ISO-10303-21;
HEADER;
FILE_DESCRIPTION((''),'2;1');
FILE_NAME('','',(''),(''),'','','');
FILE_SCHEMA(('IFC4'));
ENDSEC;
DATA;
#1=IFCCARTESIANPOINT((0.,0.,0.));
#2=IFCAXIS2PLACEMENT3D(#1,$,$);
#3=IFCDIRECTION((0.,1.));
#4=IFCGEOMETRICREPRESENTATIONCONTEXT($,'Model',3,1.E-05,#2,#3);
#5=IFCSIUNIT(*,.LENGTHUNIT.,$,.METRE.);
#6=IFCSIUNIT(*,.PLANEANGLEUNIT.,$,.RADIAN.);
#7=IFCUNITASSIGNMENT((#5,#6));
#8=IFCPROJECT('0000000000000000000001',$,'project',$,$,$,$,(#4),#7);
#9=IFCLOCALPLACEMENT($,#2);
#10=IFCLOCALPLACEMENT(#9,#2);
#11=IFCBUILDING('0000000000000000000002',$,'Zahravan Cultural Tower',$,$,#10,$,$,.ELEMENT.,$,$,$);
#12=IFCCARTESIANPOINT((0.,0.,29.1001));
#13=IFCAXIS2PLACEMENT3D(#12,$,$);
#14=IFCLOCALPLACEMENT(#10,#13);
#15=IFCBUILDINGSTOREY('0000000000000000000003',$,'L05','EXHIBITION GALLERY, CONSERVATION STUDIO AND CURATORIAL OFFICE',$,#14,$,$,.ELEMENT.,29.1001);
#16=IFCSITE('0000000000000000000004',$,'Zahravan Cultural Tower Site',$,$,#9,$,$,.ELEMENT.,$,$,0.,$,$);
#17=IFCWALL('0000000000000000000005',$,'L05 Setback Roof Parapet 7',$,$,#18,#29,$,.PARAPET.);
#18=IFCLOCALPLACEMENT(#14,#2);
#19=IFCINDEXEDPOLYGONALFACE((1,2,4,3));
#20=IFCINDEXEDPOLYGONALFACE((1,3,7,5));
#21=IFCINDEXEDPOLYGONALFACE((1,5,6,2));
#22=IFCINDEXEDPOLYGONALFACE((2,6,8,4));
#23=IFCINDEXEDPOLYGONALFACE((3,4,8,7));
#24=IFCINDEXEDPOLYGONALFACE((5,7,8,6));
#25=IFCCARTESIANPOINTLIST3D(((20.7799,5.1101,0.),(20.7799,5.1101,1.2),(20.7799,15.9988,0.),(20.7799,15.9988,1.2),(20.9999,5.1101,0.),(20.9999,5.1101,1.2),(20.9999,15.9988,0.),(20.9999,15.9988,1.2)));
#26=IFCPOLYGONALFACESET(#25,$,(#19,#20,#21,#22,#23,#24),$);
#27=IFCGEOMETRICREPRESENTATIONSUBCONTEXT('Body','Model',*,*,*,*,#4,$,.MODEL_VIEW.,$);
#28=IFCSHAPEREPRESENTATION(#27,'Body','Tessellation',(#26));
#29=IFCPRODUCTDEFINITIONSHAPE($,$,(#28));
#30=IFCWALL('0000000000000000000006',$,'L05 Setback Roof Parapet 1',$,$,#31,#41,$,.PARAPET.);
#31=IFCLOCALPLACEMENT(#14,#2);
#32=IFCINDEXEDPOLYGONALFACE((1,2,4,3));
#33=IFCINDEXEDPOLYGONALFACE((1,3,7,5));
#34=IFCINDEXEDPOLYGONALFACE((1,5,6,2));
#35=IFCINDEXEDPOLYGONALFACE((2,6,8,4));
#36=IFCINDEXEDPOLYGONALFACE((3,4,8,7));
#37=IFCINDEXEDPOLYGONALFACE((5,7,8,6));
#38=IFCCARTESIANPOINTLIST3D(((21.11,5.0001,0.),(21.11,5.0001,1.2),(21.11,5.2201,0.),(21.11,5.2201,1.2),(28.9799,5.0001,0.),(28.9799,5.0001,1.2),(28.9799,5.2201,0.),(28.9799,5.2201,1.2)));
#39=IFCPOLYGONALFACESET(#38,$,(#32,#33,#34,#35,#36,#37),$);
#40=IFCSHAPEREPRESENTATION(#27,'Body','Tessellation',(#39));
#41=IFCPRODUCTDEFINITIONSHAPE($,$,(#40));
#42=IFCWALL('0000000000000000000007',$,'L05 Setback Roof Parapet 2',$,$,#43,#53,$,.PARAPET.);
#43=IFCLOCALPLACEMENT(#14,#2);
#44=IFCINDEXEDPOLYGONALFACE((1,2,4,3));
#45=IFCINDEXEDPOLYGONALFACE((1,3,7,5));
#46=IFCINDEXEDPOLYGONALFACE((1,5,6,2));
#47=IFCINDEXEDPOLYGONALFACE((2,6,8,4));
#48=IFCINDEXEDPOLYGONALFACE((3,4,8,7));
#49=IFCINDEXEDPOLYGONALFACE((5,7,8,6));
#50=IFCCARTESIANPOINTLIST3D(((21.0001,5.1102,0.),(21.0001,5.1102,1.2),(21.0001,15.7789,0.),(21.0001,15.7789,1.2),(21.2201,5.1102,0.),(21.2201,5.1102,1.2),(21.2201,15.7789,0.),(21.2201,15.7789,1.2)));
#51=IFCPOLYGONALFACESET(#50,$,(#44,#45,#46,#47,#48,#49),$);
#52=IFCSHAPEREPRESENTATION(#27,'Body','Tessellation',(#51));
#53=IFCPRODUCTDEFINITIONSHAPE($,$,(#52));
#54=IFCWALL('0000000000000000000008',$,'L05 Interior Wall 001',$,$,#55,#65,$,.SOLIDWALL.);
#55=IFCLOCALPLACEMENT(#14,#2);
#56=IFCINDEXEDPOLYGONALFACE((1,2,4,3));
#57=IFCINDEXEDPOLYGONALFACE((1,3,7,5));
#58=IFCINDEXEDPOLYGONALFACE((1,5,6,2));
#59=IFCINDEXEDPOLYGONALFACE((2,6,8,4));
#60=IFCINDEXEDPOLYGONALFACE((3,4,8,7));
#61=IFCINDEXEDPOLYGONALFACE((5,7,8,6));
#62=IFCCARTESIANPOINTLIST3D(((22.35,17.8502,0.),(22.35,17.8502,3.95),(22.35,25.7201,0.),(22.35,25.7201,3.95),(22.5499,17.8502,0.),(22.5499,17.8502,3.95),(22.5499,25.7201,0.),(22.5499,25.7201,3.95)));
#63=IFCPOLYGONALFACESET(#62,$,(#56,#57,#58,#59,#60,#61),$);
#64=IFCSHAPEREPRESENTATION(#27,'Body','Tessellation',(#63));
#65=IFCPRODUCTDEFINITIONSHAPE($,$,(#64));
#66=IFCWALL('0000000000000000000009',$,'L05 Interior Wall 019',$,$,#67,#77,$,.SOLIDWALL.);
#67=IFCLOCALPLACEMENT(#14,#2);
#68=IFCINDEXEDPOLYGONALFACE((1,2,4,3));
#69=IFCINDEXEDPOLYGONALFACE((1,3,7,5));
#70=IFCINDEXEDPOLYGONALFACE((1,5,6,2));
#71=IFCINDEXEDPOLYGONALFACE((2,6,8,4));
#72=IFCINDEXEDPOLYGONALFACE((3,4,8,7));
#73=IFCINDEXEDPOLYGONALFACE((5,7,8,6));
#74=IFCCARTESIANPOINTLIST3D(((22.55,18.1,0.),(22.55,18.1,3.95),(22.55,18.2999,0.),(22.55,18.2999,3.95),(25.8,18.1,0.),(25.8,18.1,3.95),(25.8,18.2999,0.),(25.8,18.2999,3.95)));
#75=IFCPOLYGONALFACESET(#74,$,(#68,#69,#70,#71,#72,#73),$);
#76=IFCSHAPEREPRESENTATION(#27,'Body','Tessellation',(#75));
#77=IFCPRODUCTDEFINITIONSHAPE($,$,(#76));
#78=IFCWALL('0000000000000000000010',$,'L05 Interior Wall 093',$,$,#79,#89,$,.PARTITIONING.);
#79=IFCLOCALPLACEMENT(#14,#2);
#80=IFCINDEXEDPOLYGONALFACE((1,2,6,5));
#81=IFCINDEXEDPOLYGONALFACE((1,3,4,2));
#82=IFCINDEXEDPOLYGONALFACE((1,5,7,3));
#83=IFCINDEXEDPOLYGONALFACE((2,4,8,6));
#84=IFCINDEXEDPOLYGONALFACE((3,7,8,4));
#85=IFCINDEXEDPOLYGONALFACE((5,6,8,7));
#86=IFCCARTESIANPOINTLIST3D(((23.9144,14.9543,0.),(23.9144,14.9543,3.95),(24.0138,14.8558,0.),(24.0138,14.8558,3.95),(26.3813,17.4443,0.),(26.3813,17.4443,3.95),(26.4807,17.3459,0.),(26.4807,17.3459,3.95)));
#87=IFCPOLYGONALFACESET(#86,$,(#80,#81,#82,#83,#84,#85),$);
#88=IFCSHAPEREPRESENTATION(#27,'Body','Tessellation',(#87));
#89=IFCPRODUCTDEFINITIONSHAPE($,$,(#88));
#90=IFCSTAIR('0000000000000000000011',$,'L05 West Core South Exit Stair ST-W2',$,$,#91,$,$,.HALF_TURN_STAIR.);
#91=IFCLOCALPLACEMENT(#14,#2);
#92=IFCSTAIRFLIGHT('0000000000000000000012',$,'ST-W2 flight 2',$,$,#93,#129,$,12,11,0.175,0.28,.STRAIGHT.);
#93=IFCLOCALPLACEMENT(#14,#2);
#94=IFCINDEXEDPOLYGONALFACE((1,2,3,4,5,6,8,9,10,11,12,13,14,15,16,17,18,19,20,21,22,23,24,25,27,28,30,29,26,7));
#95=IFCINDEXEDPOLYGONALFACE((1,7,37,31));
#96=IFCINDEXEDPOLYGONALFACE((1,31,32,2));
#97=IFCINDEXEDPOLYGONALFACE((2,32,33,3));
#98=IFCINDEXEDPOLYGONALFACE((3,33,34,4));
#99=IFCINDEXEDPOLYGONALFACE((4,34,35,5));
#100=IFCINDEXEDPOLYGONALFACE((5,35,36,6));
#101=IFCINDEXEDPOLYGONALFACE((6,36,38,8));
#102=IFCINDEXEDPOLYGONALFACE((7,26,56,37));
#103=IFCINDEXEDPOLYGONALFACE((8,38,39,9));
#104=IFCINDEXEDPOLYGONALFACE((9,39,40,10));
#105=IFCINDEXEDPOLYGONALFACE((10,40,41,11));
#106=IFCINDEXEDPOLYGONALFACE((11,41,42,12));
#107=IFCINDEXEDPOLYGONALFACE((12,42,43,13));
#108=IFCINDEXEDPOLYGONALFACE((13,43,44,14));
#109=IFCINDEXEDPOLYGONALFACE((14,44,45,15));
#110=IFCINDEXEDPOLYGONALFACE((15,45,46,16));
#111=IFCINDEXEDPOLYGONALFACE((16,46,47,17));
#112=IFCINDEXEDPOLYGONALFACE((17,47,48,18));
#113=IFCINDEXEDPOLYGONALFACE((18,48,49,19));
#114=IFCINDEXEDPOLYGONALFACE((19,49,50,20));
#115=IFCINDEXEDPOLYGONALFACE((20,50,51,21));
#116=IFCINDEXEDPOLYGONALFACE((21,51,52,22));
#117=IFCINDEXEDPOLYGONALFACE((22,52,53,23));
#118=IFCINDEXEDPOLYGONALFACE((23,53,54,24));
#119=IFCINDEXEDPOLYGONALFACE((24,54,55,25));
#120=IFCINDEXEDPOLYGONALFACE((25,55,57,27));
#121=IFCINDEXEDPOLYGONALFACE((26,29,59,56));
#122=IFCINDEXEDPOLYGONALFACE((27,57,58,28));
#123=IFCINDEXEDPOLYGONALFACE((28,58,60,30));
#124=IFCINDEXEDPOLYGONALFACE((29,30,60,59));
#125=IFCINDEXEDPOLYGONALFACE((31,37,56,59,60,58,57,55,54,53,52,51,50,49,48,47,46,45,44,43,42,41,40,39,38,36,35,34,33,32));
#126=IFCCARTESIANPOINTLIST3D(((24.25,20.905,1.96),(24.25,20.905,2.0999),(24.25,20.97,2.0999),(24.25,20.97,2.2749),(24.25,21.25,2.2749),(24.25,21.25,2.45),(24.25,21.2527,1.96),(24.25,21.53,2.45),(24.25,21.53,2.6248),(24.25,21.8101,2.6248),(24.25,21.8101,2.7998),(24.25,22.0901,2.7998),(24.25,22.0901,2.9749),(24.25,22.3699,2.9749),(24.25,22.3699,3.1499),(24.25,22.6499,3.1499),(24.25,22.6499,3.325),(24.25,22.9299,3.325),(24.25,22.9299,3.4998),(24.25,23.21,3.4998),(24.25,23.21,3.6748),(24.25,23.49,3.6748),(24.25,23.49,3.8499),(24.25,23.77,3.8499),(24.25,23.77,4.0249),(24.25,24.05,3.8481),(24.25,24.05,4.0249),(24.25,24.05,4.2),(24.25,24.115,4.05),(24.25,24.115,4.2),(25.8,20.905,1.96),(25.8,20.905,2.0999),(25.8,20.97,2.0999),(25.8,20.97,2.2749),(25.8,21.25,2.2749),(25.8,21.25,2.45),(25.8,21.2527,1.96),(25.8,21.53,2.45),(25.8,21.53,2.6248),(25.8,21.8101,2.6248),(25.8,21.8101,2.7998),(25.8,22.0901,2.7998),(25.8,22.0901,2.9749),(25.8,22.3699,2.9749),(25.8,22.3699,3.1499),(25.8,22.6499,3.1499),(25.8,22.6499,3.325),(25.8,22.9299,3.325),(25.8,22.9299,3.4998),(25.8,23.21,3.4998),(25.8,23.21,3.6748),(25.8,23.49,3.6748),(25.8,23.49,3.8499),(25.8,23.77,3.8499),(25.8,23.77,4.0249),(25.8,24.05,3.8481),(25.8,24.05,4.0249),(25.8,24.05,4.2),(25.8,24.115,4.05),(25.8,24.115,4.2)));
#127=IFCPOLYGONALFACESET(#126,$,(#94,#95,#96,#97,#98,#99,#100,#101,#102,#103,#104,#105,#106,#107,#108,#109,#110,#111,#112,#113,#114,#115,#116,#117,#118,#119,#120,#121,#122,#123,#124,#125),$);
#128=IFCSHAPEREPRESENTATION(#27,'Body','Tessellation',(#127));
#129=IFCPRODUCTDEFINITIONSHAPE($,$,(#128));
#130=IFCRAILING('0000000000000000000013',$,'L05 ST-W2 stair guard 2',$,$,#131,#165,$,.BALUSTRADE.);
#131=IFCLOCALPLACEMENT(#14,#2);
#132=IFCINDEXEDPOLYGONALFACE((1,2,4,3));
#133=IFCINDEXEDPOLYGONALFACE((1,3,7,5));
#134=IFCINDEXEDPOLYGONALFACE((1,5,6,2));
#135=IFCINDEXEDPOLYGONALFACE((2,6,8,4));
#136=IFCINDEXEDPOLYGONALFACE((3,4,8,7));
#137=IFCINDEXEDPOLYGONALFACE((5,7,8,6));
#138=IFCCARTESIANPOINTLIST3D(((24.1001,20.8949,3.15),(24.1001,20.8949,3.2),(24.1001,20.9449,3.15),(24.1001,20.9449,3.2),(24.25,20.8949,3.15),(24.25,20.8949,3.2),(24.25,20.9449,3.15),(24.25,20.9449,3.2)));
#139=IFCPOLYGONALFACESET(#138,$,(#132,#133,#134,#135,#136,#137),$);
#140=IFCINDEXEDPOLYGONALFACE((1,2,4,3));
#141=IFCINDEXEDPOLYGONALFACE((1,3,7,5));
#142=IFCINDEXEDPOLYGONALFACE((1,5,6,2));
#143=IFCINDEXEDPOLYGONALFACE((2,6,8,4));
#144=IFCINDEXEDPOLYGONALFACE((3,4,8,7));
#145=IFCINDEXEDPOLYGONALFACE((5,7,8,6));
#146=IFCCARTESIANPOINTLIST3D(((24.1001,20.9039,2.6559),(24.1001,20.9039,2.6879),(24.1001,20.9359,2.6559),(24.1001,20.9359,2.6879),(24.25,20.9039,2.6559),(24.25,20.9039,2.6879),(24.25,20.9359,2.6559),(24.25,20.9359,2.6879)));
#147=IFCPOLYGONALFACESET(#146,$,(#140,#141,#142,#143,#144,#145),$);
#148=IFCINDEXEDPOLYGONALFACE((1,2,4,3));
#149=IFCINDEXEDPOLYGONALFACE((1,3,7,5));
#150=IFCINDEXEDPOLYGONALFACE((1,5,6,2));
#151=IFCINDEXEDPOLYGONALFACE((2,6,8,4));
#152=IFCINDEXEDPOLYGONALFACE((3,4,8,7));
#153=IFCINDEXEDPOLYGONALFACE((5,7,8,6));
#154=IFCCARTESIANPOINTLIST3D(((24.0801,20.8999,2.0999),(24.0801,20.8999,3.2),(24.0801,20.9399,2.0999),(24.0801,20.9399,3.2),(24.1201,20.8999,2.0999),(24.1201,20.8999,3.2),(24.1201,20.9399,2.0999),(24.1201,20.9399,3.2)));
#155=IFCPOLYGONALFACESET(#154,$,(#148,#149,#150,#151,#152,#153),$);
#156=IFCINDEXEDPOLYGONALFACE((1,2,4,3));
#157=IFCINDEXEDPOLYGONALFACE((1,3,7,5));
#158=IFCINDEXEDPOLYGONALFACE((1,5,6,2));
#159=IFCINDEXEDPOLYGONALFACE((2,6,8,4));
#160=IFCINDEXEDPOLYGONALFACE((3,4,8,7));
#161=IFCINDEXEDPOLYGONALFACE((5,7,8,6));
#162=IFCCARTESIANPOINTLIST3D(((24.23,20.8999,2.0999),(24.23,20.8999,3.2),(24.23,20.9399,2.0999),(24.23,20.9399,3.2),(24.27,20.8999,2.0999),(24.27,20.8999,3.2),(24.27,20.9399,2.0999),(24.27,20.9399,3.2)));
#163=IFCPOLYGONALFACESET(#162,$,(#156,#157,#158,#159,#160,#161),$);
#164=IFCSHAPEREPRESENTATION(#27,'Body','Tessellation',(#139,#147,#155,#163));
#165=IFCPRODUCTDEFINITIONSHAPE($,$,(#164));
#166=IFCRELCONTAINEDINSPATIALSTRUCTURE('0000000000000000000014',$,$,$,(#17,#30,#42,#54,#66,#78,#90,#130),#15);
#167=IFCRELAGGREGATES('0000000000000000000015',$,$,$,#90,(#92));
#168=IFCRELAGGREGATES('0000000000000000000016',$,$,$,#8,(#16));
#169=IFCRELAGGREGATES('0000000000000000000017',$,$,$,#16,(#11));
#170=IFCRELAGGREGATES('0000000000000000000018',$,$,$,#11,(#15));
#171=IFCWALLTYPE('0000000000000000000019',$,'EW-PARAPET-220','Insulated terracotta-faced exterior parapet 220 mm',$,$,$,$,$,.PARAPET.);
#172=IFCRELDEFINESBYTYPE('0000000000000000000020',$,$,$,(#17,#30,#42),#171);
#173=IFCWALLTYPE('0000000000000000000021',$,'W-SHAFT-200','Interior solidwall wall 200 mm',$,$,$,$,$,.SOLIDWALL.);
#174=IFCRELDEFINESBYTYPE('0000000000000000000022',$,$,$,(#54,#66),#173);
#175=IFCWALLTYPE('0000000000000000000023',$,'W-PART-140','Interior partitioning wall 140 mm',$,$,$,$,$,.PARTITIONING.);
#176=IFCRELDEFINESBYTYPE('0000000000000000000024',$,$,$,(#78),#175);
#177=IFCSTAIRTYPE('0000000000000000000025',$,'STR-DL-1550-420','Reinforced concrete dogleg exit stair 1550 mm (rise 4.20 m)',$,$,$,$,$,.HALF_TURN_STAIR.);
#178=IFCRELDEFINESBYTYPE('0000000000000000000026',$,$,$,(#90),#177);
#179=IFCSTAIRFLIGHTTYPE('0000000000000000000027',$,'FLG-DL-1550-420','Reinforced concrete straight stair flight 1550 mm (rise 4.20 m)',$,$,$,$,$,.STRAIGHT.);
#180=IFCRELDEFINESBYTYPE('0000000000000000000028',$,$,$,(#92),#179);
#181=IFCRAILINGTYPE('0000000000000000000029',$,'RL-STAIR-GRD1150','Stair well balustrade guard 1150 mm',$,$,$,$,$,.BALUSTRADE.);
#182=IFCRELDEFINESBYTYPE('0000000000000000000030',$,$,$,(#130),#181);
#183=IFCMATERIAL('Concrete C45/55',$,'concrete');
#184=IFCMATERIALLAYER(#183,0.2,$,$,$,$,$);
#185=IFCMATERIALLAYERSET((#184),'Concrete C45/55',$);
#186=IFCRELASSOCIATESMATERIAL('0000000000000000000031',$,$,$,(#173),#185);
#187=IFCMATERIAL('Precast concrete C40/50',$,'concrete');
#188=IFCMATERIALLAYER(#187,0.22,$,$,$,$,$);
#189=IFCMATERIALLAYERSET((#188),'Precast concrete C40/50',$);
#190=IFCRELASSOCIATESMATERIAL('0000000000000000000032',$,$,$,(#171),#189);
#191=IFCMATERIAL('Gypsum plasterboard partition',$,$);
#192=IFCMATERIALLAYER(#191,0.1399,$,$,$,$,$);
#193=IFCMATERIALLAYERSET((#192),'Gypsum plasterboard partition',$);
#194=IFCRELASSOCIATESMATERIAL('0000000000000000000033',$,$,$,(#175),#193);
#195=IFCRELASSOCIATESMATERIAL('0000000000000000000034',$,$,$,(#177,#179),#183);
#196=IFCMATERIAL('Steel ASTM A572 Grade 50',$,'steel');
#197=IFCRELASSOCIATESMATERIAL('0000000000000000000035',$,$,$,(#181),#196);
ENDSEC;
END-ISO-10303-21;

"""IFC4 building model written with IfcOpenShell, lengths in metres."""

from ifc_helpers import new_model, si_unit, direction, frame, frame_2d, origin, origin_2d, place, context, subcontext, project, spatial, polyline, rectangle, outline, extrude, source, transform, mapped, material, layer, layer_set, type_object, element, aggregate, save


model = new_model("IFC4")

# Units and contexts
model_context = context("Model", 3, precision=1e-05, world=origin(), true_north=direction((0.0, 1.0)))
body_context = subcontext(model_context, "Body", "Model", "MODEL_VIEW")
ifc_project = project(units=[si_unit("LENGTHUNIT", "METRE"), si_unit("PLANEANGLEUNIT", "RADIAN")], contexts=[model_context])

# Site, building, storey
site_placement = place(None, origin())
site = spatial("IfcSite", under=ifc_project, at=site_placement, Name="Zahravan Cultural Tower Site", CompositionType="ELEMENT", RefElevation=0.0)
building_placement = place(site_placement, origin())
building = spatial("IfcBuilding", under=site, at=building_placement, Name="Zahravan Cultural Tower", CompositionType="ELEMENT")
storey_placement = place(building_placement, frame((0.0, 0.0, 29.1001)))
storey = spatial("IfcBuildingStorey", under=building, at=storey_placement, Name="L05", Description="EXHIBITION GALLERY, CONSERVATION STUDIO AND CURATORIAL OFFICE", CompositionType="ELEMENT", Elevation=29.1001)

# Shared definitions
ifc_material_1 = material(Name="Steel ASTM A572 Grade 50", Category="steel")

# Shared definitions
ifc_material_2 = material(Name="Precast concrete C40/50", Category="concrete")

# Shared definitions
ifc_material_3 = material(Name="Concrete C45/55", Category="concrete")
ifc_layer_1 = layer(ifc_material_3, 0.2)
ifc_layer_set_1 = layer_set([ifc_layer_1], Name="Concrete C45/55")
wall_type_1 = type_object("IfcWallType", Name="W-SHAFT-200", Description="Interior solidwall wall 200 mm", PredefinedType="SOLIDWALL", material=ifc_layer_set_1)

# Walls
ifc_layer_2 = layer(ifc_material_2, 0.22)
ifc_layer_set_2 = layer_set([ifc_layer_2], Name="Precast concrete C40/50")
wall_type_2 = type_object("IfcWallType", Name="EW-PARAPET-220", Description="Insulated terracotta-faced exterior parapet 220 mm", PredefinedType="PARAPET", material=ifc_layer_set_2)
shared_shape_1 = source(origin(), body_context, "Body", "SweptSolid", [
    extrude(rectangle(XDim=10.8887, YDim=0.22, at=frame_2d((5.4443, 0.0))), origin(), (0.0, 0.0, 1.0), 1.2),
])
wall_1_placement = place(storey_placement, frame((20.8899, 15.9988, 0.0), z_axis=(0.0, 0.0, 1.0), x_axis=(0.0, -1.0, 0.0)))
element("IfcWall", 1, at=wall_1_placement, inside=storey, type_object=wall_type_2, Name="L05 Setback Roof Parapet 7", PredefinedType="PARAPET", context=body_context, shape_type="MappedRepresentation", body=[
    mapped(shared_shape_1, transform((0.0, 0.0, 0.0), x_axis=(1.0, 0.0, 0.0), y_axis=(0.0, 1.0, 0.0), z_axis=(0.0, 0.0, 1.0), scale=1.0)),
])
shared_shape_2 = source(origin(), body_context, "Body", "SweptSolid", [
    extrude(rectangle(XDim=7.8699, YDim=0.22, at=frame_2d((3.9351, 0.0))), origin(), (0.0, 0.0, 1.0), 1.2),
])
wall_2_placement = place(storey_placement, frame((28.98, 5.1101, 0.0), z_axis=(0.0, 0.0, 1.0), x_axis=(-1.0, 0.0, 0.0)))
element("IfcWall", 2, at=wall_2_placement, inside=storey, type_object=wall_type_2, Name="L05 Setback Roof Parapet 1", PredefinedType="PARAPET", context=body_context, shape_type="MappedRepresentation", body=[
    mapped(shared_shape_2, transform((0.0, 0.0, 0.0), x_axis=(1.0, 0.0, 0.0), y_axis=(0.0, 1.0, 0.0), z_axis=(0.0, 0.0, 1.0), scale=1.0)),
])
shared_shape_3 = source(origin(), body_context, "Body", "SweptSolid", [
    extrude(rectangle(XDim=10.6687, YDim=0.22, at=frame_2d((5.3345, 0.0))), origin(), (0.0, 0.0, 1.0), 1.2),
])
wall_3_placement = place(storey_placement, frame((21.1101, 5.1101, 0.0), z_axis=(0.0, 0.0, 1.0), x_axis=(0.0, 1.0, 0.0)))
element("IfcWall", 3, at=wall_3_placement, inside=storey, type_object=wall_type_2, Name="L05 Setback Roof Parapet 2", PredefinedType="PARAPET", context=body_context, shape_type="MappedRepresentation", body=[
    mapped(shared_shape_3, transform((0.0, 0.0, 0.0), x_axis=(1.0, 0.0, 0.0), y_axis=(0.0, 1.0, 0.0), z_axis=(0.0, 0.0, 1.0), scale=1.0)),
])
shared_shape_4 = source(origin(), body_context, "Body", "SweptSolid", [
    extrude(rectangle(XDim=7.8699, YDim=0.2, at=frame_2d((3.9351, 0.0))), origin(), (0.0, 0.0, 1.0), 3.95),
])
wall_4_placement = place(storey_placement, frame((22.45, 17.8501, 0.0), z_axis=(0.0, 0.0, 1.0), x_axis=(0.0, 1.0, 0.0)))
element("IfcWall", 4, at=wall_4_placement, inside=storey, type_object=wall_type_1, Name="L05 Interior Wall 001", PredefinedType="SOLIDWALL", context=body_context, shape_type="MappedRepresentation", body=[
    mapped(shared_shape_4, transform((0.0, 0.0, 0.0), x_axis=(1.0, 0.0, 0.0), y_axis=(0.0, 1.0, 0.0), z_axis=(0.0, 0.0, 1.0), scale=1.0)),
])
shared_shape_5 = source(origin(), body_context, "Body", "SweptSolid", [
    extrude(rectangle(XDim=3.25, YDim=0.2, at=frame_2d((1.625, 0.0))), origin(), (0.0, 0.0, 1.0), 3.95),
])
wall_5_placement = place(storey_placement, frame((22.55, 18.2, 0.0), z_axis=(0.0, 0.0, 1.0), x_axis=(1.0, 0.0, 0.0)))
element("IfcWall", 5, at=wall_5_placement, inside=storey, type_object=wall_type_1, Name="L05 Interior Wall 019", PredefinedType="SOLIDWALL", context=body_context, shape_type="MappedRepresentation", body=[
    mapped(shared_shape_5, transform((0.0, 0.0, 0.0), x_axis=(1.0, 0.0, 0.0), y_axis=(0.0, 1.0, 0.0), z_axis=(0.0, 0.0, 1.0), scale=1.0)),
])
ifc_material_4 = material(Name="Gypsum plasterboard partition")
ifc_layer_3 = layer(ifc_material_4, 0.1399)
ifc_layer_set_3 = layer_set([ifc_layer_3], Name="Gypsum plasterboard partition")
wall_type_3 = type_object("IfcWallType", Name="W-PART-140", Description="Interior partitioning wall 140 mm", PredefinedType="PARTITIONING", material=ifc_layer_set_3)
shared_shape_6 = source(origin(), body_context, "Body", "SweptSolid", [
    extrude(rectangle(XDim=3.5051, YDim=0.1399, at=frame_2d((1.7524, 0.0))), origin(), (0.0, 0.0, 1.0), 3.95),
])
wall_6_placement = place(storey_placement, frame((26.4309, 17.395, 0.0), z_axis=(0.0, 0.0, 1.0), x_axis=(-0.70379, -0.710408, 0.0)))
element("IfcWall", 6, at=wall_6_placement, inside=storey, type_object=wall_type_3, Name="L05 Interior Wall 093", PredefinedType="PARTITIONING", context=body_context, shape_type="MappedRepresentation", body=[
    mapped(shared_shape_6, transform((0.0, 0.0, 0.0), x_axis=(1.0, 0.0, 0.0), y_axis=(0.0, 1.0, 0.0), z_axis=(0.0, 0.0, 1.0), scale=1.0)),
])

# Stair, stair flight
stair_type = type_object("IfcStairType", Name="STR-DL-1550-420", Description="Reinforced concrete dogleg exit stair 1550 mm (rise 4.20 m)", PredefinedType="HALF_TURN_STAIR", material=ifc_material_3)
stair_placement = place(storey_placement, origin())
stair = element("IfcStair", 7, at=stair_placement, inside=storey, type_object=stair_type, Name="L05 West Core South Exit Stair ST-W2", PredefinedType="HALF_TURN_STAIR")
stair_flight_type = type_object("IfcStairFlightType", Name="FLG-DL-1550-420", Description="Reinforced concrete straight stair flight 1550 mm (rise 4.20 m)", PredefinedType="STRAIGHT", material=ifc_material_3)
stair_flight_placement = place(storey_placement, frame((25.0249, 20.97, 2.0999), z_axis=(0.0, 0.0, 1.0), x_axis=(0.0, 1.0, 0.0)))
stair_flight = element("IfcStairFlight", 8, at=stair_flight_placement, type_object=stair_flight_type, Name="ST-W2 flight 2", NumberOfRisers=12, NumberOfTreads=11, PredefinedType="STRAIGHT", RiserHeight=0.175, TreadLength=0.28, context=body_context, shape_type="SweptSolid", body=[
    extrude(outline(polyline([(-0.0649, -0.1399), (-0.0649, 0.0), (0.0, 0.0), (0.0, 0.175), (0.28, 0.175), (0.28, 0.3501), (0.5601, 0.3501), (0.5601, 0.5249), (0.8401, 0.5249), (0.8401, 0.7), (1.1201, 0.7), (1.1201, 0.875), (1.3999, 0.875), (1.3999, 1.05), (1.6799, 1.05), (1.6799, 1.2251), (1.96, 1.2251), (1.96, 1.3999), (2.24, 1.3999), (2.24, 1.575), (2.52, 1.575), (2.52, 1.75), (2.8, 1.75), (2.8, 1.925), (3.0801, 1.925), (3.0801, 2.1001), (3.145, 2.1001), (3.145, 1.9502), (3.0801, 1.7483), (0.2827, -0.1399), (-0.0649, -0.1399)])), frame((0.0, 0.7749, 0.0), z_axis=(0.0, -1.0, 0.0), x_axis=(1.0, 0.0, 0.0)), (0.0, 0.0, 1.0), 1.55),
])
aggregate(stair, [stair_flight])

# Railing
railing_type_1 = type_object("IfcRailingType", Name="RL-STAIR-GRD1150", Description="Stair well balustrade guard 1150 mm", PredefinedType="BALUSTRADE", material=ifc_material_1)
railing_1_placement = place(storey_placement, frame((24.1001, 20.9199, 2.0999)))
element("IfcRailing", 9, at=railing_1_placement, inside=storey, type_object=railing_type_1, Name="L05 ST-W2 stair guard 2", PredefinedType="BALUSTRADE", context=body_context, shape_type="SweptSolid", body=[
    extrude(rectangle(XDim=0.05, YDim=0.05, at=origin_2d()), frame((0.0, 0.0, 1.0752), z_axis=(1.0, 0.0, 0.0), x_axis=(0.0, 1.0, 0.0)), (0.0, 0.0, 1.0), 0.1499),
    extrude(rectangle(XDim=0.032, YDim=0.032, at=origin_2d()), frame((0.0, 0.0, 0.572), z_axis=(1.0, 0.0, 0.0), x_axis=(0.0, 1.0, 0.0)), (0.0, 0.0, 1.0), 0.1499),
    extrude(rectangle(XDim=0.04, YDim=0.04, at=origin_2d()), origin(), (0.0, 0.0, 1.0), 1.1001),
    extrude(rectangle(XDim=0.04, YDim=0.04, at=origin_2d()), frame((0.1499, 0.0, 0.0)), (0.0, 0.0, 1.0), 1.1001),
])

save(model, "model.ifc")
